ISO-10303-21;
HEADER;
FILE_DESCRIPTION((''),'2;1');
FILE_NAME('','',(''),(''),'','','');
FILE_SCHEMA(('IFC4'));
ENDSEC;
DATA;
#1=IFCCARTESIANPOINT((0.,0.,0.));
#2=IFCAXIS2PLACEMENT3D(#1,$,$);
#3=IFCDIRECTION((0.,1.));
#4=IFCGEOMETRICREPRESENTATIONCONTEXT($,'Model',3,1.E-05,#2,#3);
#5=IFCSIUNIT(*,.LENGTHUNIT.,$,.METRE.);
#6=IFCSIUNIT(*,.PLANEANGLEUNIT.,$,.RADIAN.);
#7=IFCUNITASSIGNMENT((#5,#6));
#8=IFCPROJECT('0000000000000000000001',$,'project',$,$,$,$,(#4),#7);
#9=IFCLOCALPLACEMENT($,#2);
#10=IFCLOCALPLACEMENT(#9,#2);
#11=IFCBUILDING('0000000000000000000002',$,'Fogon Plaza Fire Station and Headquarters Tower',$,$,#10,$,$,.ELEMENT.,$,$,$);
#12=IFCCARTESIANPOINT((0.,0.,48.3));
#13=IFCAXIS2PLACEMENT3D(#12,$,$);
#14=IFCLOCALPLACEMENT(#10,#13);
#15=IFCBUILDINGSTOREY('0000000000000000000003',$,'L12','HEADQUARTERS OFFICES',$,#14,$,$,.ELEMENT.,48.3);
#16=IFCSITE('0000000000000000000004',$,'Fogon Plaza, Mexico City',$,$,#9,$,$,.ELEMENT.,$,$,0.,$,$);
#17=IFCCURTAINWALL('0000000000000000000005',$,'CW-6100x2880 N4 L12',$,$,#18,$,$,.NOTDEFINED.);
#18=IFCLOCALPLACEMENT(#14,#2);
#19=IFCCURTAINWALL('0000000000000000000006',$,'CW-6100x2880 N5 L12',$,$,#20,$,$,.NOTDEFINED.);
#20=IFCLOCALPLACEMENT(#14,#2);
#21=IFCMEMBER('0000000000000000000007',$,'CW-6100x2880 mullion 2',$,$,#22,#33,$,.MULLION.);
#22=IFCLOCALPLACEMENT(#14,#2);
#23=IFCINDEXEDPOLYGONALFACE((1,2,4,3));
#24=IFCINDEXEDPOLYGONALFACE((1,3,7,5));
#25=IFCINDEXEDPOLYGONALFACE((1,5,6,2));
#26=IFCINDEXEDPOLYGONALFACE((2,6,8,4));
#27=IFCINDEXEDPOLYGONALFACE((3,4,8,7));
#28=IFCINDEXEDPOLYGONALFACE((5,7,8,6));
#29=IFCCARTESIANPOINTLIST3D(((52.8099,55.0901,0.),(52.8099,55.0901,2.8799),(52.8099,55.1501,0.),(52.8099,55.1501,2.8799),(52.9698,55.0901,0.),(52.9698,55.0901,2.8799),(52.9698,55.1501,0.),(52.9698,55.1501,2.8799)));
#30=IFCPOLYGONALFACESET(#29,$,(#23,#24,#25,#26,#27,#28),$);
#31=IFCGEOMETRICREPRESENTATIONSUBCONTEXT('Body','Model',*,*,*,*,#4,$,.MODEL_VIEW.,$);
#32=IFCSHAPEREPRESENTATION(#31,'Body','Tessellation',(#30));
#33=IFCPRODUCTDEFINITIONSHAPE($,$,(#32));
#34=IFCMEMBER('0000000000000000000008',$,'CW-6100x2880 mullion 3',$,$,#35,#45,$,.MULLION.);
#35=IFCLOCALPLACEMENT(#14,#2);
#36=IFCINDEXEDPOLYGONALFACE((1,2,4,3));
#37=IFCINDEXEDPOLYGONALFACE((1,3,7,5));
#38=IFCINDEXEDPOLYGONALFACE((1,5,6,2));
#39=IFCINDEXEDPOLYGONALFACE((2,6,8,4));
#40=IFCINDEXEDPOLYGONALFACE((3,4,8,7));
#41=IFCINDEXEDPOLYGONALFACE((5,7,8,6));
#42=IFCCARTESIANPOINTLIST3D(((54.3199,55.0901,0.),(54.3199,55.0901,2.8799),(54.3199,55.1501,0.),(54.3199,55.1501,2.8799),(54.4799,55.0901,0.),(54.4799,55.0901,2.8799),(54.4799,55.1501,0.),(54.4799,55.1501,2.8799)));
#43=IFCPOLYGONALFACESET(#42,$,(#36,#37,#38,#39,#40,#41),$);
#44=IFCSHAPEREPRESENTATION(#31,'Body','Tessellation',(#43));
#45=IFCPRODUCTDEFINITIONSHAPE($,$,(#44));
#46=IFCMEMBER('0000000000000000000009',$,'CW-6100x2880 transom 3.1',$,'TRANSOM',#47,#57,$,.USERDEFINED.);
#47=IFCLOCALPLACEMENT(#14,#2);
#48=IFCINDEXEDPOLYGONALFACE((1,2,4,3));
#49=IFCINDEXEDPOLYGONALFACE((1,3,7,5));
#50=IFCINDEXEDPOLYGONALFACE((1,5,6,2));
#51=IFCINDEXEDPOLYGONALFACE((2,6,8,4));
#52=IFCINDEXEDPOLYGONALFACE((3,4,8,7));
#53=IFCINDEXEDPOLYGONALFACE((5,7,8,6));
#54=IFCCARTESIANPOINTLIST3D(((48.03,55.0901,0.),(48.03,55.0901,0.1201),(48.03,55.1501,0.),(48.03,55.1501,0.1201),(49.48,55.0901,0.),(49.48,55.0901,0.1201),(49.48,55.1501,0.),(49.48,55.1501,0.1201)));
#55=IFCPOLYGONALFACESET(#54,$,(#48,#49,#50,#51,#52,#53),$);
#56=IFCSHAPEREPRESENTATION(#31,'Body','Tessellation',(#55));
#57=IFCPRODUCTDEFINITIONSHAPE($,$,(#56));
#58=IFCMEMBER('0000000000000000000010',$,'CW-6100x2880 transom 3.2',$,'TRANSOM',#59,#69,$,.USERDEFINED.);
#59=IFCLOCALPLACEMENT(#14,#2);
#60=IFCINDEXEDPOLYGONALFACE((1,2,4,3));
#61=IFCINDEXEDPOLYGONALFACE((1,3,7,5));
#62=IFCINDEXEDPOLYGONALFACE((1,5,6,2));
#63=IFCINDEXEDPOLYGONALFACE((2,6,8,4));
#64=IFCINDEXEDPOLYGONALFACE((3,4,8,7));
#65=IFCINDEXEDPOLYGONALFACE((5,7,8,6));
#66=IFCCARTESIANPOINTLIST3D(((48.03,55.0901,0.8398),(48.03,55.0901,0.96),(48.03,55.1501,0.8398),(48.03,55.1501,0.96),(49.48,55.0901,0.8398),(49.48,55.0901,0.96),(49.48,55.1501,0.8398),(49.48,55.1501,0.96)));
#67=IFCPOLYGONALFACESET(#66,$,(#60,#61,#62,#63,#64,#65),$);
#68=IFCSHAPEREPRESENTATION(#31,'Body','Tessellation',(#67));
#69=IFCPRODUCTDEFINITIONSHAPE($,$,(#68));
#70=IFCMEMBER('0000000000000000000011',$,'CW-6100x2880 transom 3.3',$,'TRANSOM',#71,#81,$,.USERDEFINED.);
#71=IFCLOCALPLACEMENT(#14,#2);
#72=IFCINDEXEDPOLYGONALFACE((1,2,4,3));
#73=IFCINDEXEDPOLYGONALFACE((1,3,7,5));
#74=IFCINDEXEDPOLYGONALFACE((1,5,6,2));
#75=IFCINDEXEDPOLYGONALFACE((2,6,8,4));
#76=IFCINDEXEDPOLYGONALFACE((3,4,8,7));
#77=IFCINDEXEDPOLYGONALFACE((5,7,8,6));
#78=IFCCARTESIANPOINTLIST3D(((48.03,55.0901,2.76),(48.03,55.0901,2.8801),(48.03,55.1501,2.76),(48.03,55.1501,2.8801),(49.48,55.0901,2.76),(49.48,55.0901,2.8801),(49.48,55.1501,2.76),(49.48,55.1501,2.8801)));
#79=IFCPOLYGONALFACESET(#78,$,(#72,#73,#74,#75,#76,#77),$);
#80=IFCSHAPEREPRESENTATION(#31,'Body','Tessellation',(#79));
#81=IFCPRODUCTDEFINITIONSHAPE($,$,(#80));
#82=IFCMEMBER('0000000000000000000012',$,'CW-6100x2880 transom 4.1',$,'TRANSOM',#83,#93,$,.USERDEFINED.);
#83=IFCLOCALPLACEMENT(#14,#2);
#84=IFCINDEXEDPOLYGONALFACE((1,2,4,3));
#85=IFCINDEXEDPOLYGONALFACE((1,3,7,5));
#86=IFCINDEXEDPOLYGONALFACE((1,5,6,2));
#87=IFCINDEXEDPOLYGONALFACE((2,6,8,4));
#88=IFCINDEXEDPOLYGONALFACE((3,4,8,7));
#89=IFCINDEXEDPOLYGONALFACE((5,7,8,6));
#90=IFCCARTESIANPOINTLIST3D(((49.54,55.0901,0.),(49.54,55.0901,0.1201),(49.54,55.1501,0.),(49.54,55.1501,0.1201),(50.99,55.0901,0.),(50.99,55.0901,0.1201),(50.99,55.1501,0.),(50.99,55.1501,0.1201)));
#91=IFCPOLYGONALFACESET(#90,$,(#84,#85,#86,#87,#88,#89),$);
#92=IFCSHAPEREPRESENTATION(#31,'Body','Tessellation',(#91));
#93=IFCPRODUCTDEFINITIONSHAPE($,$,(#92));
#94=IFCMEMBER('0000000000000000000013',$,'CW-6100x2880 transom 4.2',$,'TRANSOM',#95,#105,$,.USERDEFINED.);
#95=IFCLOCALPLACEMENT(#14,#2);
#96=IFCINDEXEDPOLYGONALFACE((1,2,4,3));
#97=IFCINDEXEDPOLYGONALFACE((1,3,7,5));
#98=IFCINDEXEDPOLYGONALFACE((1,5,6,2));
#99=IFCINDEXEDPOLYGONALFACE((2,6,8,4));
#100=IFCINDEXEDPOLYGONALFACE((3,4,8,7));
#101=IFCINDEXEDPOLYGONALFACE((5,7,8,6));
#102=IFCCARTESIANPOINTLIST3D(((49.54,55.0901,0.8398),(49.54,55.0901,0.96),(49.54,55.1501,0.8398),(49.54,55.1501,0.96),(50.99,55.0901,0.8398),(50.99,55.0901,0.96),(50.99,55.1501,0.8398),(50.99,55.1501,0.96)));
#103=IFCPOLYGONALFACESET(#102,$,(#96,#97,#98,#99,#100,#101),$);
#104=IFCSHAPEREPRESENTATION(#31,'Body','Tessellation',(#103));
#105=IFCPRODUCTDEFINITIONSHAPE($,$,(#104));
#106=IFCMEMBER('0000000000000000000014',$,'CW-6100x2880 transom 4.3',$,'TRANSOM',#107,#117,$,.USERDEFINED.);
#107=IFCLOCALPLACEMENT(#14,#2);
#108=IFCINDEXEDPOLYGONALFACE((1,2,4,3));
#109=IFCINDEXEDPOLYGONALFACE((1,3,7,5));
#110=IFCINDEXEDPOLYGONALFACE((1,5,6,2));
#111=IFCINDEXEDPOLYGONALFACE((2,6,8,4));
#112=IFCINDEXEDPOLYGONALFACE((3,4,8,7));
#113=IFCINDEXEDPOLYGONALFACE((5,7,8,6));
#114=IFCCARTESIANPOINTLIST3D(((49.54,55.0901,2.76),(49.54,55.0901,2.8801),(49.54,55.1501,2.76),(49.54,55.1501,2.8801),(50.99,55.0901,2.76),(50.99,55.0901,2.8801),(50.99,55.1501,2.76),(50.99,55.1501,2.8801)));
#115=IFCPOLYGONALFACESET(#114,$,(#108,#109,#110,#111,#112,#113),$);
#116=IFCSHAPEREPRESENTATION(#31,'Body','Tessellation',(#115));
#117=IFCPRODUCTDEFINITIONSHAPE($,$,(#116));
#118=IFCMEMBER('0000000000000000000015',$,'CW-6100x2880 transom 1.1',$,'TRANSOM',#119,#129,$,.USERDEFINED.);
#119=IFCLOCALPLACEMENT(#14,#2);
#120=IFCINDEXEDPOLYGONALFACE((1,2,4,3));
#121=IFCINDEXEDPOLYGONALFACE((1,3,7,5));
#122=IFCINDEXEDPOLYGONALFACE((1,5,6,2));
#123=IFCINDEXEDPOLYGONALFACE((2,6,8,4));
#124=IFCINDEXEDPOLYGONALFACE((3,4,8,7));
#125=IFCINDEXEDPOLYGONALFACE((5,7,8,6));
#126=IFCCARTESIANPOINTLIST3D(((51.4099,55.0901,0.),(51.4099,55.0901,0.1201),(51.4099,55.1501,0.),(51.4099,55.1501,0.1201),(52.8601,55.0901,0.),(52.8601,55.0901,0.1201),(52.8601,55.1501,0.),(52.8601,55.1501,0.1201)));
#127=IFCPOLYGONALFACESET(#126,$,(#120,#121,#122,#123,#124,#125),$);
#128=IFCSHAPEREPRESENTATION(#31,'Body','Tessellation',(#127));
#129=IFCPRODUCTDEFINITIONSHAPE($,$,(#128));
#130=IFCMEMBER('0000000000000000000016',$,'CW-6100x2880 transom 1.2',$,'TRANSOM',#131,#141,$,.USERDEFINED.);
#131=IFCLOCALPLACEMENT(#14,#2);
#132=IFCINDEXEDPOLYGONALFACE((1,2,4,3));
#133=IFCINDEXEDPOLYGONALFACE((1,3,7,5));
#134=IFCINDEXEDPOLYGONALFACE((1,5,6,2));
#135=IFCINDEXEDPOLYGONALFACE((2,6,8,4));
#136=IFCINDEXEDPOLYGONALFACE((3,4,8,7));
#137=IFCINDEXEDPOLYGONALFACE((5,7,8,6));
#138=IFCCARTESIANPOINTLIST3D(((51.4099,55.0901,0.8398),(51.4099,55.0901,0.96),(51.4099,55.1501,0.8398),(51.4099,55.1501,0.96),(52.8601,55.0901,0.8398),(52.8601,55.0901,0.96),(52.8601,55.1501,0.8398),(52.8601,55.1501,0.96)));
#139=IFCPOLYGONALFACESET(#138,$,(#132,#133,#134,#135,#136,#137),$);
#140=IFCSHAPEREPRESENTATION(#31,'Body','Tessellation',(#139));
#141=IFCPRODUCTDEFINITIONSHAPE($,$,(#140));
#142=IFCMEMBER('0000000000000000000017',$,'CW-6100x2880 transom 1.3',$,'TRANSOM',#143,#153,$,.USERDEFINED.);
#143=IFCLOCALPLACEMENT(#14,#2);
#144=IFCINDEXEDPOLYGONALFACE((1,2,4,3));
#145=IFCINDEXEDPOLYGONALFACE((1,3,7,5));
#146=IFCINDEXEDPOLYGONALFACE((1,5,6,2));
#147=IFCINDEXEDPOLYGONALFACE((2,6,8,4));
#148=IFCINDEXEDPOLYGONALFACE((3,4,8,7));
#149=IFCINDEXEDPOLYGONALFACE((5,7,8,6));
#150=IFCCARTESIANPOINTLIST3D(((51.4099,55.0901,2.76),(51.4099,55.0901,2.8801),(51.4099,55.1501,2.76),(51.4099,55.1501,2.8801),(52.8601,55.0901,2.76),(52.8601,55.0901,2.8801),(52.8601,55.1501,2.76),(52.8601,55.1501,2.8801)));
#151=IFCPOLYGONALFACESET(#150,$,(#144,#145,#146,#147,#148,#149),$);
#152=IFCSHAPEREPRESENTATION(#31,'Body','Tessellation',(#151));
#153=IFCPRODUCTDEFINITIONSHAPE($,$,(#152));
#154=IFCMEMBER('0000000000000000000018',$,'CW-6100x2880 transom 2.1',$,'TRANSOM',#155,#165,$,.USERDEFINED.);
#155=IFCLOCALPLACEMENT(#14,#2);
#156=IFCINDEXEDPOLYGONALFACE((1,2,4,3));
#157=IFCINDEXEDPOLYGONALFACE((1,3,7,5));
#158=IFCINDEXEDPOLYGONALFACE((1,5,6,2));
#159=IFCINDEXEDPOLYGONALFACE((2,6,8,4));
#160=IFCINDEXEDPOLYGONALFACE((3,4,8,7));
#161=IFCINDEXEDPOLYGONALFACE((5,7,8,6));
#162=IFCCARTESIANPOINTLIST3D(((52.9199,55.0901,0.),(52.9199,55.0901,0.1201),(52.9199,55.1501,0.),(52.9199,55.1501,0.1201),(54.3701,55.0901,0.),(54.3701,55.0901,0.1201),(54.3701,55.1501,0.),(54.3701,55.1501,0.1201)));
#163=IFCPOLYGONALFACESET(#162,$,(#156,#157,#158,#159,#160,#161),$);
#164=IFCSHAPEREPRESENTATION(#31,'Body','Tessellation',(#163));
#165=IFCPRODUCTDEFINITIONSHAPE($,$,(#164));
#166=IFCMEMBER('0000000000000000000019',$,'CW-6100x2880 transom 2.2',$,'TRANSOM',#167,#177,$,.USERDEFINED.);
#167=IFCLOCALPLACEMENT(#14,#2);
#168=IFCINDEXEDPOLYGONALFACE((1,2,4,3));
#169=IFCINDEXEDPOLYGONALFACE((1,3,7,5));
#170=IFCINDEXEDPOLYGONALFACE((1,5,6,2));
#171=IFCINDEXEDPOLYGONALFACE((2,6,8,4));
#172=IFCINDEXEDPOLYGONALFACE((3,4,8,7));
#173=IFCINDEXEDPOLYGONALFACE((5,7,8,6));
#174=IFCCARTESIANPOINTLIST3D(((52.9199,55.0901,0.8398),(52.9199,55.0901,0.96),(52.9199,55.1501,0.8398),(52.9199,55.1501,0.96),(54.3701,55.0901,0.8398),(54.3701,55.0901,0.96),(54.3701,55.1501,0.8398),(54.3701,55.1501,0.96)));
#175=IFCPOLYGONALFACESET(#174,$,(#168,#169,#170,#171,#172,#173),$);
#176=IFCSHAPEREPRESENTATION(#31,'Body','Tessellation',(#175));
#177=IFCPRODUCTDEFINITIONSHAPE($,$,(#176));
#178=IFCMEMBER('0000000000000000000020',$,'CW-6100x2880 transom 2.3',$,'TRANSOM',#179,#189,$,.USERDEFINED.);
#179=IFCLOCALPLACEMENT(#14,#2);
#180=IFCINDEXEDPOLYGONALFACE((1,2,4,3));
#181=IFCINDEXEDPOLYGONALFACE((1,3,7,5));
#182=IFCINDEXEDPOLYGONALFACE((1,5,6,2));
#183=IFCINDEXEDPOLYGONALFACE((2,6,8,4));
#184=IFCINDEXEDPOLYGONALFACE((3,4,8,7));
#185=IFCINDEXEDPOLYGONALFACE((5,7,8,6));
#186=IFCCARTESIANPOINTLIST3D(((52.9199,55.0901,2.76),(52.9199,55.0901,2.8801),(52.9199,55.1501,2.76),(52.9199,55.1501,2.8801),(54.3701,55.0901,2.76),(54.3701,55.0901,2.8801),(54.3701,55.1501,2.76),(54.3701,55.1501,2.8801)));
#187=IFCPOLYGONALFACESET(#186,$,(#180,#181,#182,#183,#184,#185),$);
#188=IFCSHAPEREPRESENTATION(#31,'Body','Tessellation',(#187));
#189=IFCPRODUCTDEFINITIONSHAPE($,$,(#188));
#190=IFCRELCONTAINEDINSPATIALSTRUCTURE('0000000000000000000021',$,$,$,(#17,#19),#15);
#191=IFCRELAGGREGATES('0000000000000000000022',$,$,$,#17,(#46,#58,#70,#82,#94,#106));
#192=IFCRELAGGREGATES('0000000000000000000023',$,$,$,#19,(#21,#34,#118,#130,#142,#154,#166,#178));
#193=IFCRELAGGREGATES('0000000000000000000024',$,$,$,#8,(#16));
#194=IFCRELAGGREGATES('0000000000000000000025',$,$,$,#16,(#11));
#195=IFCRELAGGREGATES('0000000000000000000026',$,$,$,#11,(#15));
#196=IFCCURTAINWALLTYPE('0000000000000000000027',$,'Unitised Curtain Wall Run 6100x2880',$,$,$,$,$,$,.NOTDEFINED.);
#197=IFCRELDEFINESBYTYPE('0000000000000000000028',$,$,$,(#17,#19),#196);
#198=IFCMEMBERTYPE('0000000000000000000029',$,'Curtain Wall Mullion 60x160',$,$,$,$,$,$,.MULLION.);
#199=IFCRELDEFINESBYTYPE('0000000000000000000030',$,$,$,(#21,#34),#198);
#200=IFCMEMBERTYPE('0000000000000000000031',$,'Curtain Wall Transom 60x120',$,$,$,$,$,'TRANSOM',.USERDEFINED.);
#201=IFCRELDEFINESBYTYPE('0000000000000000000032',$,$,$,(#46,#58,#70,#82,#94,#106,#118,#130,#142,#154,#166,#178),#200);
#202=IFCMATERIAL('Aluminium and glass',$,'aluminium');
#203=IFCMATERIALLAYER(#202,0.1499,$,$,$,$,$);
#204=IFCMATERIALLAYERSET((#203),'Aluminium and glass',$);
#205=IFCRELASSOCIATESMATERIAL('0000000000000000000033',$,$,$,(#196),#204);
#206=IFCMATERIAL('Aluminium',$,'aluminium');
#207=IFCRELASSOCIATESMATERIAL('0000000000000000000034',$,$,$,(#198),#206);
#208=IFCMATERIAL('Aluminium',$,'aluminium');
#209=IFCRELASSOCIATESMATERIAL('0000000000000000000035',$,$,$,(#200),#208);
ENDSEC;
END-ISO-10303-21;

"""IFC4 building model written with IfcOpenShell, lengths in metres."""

from ifc_helpers import new_model, si_unit, direction, frame, origin, origin_2d, place, context, subcontext, project, spatial, rectangle, extrude, material, layer, layer_set, material_profile, profile_set, type_object, element, aggregate, save


model = new_model("IFC4")

# Units and contexts
model_context = context("Model", 3, precision=1e-05, world=origin(), true_north=direction((0.0, 1.0)))
body_context = subcontext(model_context, "Body", "Model", "MODEL_VIEW")
ifc_project = project(units=[si_unit("LENGTHUNIT", "METRE"), si_unit("PLANEANGLEUNIT", "RADIAN")], contexts=[model_context])

# Site, building, storey
site_placement = place(None, origin())
site = spatial("IfcSite", under=ifc_project, at=site_placement, Name="Fogon Plaza, Mexico City", CompositionType="ELEMENT", RefElevation=0.0)
building_placement = place(site_placement, origin())
building = spatial("IfcBuilding", under=site, at=building_placement, Name="Fogon Plaza Fire Station and Headquarters Tower", CompositionType="ELEMENT")
storey_placement = place(building_placement, frame((0.0, 0.0, 48.3)))
storey = spatial("IfcBuildingStorey", under=building, at=storey_placement, Name="L12", Description="HEADQUARTERS OFFICES", CompositionType="ELEMENT", Elevation=48.3)

# Curtain walls, members
ifc_material_1 = material(Name="Aluminium and glass", Category="aluminium")
ifc_layer_1 = layer(ifc_material_1, 0.1499)
ifc_layer_set_1 = layer_set([ifc_layer_1], Name="Aluminium and glass")
curtain_wall_type = type_object("IfcCurtainWallType", Name="Unitised Curtain Wall Run 6100x2880", PredefinedType="NOTDEFINED", material=ifc_layer_set_1)
curtain_wall_1_placement = place(storey_placement, origin())
curtain_wall_1 = element("IfcCurtainWall", 1, at=curtain_wall_1_placement, inside=storey, type_object=curtain_wall_type, Name="CW-6100x2880 N4 L12", PredefinedType="NOTDEFINED")
ifc_material_2 = material(Name="Aluminium", Category="aluminium")
ifc_material_profile_1 = material_profile(ifc_material_2, rectangle(XDim=0.0601, YDim=0.1599, at=origin_2d()), Name="Curtain Wall Mullion 60x160")
ifc_profile_set_1 = profile_set([ifc_material_profile_1], Name="Aluminium")
member_type_1 = type_object("IfcMemberType", Name="Curtain Wall Mullion 60x160", PredefinedType="MULLION", material=ifc_profile_set_1)
curtain_wall_2_placement = place(storey_placement, origin())
curtain_wall_2 = element("IfcCurtainWall", 2, at=curtain_wall_2_placement, inside=storey, type_object=curtain_wall_type, Name="CW-6100x2880 N5 L12", PredefinedType="NOTDEFINED")
member_1_placement = place(storey_placement, frame((52.8899, 55.1201, 0.0), z_axis=(0.0, 0.0, 1.0), x_axis=(0.0, 1.0, 0.0)))
member_1 = element("IfcMember", 3, at=member_1_placement, type_object=member_type_1, Name="CW-6100x2880 mullion 2", PredefinedType="MULLION", context=body_context, shape_type="SweptSolid", body=[
    extrude(rectangle(XDim=0.0601, YDim=0.1599, at=origin_2d()), origin(), (0.0, 0.0, 1.0), 2.8799),
])
member_2_placement = place(storey_placement, frame((54.3999, 55.1201, 0.0), z_axis=(0.0, 0.0, 1.0), x_axis=(0.0, 1.0, 0.0)))
member_2 = element("IfcMember", 4, at=member_2_placement, type_object=member_type_1, Name="CW-6100x2880 mullion 3", PredefinedType="MULLION", context=body_context, shape_type="SweptSolid", body=[
    extrude(rectangle(XDim=0.0601, YDim=0.1599, at=origin_2d()), origin(), (0.0, 0.0, 1.0), 2.8799),
])

# Members
ifc_material_3 = material(Name="Aluminium", Category="aluminium")
ifc_material_profile_2 = material_profile(ifc_material_3, rectangle(XDim=0.0601, YDim=0.1201, at=origin_2d()), Name="Curtain Wall Transom 60x120")
ifc_profile_set_2 = profile_set([ifc_material_profile_2], Name="Aluminium")
member_type_2 = type_object("IfcMemberType", Name="Curtain Wall Transom 60x120", ElementType="TRANSOM", PredefinedType="USERDEFINED", material=ifc_profile_set_2)
member_3_placement = place(storey_placement, frame((48.03, 55.1201, 0.0601), z_axis=(1.0, 0.0, 0.0), x_axis=(0.0, 1.0, 0.0)))
member_3 = element("IfcMember", 5, at=member_3_placement, type_object=member_type_2, Name="CW-6100x2880 transom 3.1", ObjectType="TRANSOM", PredefinedType="USERDEFINED", context=body_context, shape_type="SweptSolid", body=[
    extrude(rectangle(XDim=0.0601, YDim=0.1201, at=origin_2d()), origin(), (0.0, 0.0, 1.0), 1.45),
])
member_4_placement = place(storey_placement, frame((48.03, 55.1201, 0.8999), z_axis=(1.0, 0.0, 0.0), x_axis=(0.0, 1.0, 0.0)))
member_4 = element("IfcMember", 6, at=member_4_placement, type_object=member_type_2, Name="CW-6100x2880 transom 3.2", ObjectType="TRANSOM", PredefinedType="USERDEFINED", context=body_context, shape_type="SweptSolid", body=[
    extrude(rectangle(XDim=0.0601, YDim=0.1201, at=origin_2d()), origin(), (0.0, 0.0, 1.0), 1.45),
])
member_5_placement = place(storey_placement, frame((48.03, 55.1201, 2.8201), z_axis=(1.0, 0.0, 0.0), x_axis=(0.0, 1.0, 0.0)))
member_5 = element("IfcMember", 7, at=member_5_placement, type_object=member_type_2, Name="CW-6100x2880 transom 3.3", ObjectType="TRANSOM", PredefinedType="USERDEFINED", context=body_context, shape_type="SweptSolid", body=[
    extrude(rectangle(XDim=0.0601, YDim=0.1201, at=origin_2d()), origin(), (0.0, 0.0, 1.0), 1.45),
])
member_6_placement = place(storey_placement, frame((49.54, 55.1201, 0.0601), z_axis=(1.0, 0.0, 0.0), x_axis=(0.0, 1.0, 0.0)))
member_6 = element("IfcMember", 8, at=member_6_placement, type_object=member_type_2, Name="CW-6100x2880 transom 4.1", ObjectType="TRANSOM", PredefinedType="USERDEFINED", context=body_context, shape_type="SweptSolid", body=[
    extrude(rectangle(XDim=0.0601, YDim=0.1201, at=origin_2d()), origin(), (0.0, 0.0, 1.0), 1.45),
])
member_7_placement = place(storey_placement, frame((49.54, 55.1201, 0.8999), z_axis=(1.0, 0.0, 0.0), x_axis=(0.0, 1.0, 0.0)))
member_7 = element("IfcMember", 9, at=member_7_placement, type_object=member_type_2, Name="CW-6100x2880 transom 4.2", ObjectType="TRANSOM", PredefinedType="USERDEFINED", context=body_context, shape_type="SweptSolid", body=[
    extrude(rectangle(XDim=0.0601, YDim=0.1201, at=origin_2d()), origin(), (0.0, 0.0, 1.0), 1.45),
])
member_8_placement = place(storey_placement, frame((49.54, 55.1201, 2.8201), z_axis=(1.0, 0.0, 0.0), x_axis=(0.0, 1.0, 0.0)))
member_8 = element("IfcMember", 10, at=member_8_placement, type_object=member_type_2, Name="CW-6100x2880 transom 4.3", ObjectType="TRANSOM", PredefinedType="USERDEFINED", context=body_context, shape_type="SweptSolid", body=[
    extrude(rectangle(XDim=0.0601, YDim=0.1201, at=origin_2d()), origin(), (0.0, 0.0, 1.0), 1.45),
])
member_9_placement = place(storey_placement, frame((51.4099, 55.1201, 0.0601), z_axis=(1.0, 0.0, 0.0), x_axis=(0.0, 1.0, 0.0)))
member_9 = element("IfcMember", 11, at=member_9_placement, type_object=member_type_2, Name="CW-6100x2880 transom 1.1", ObjectType="TRANSOM", PredefinedType="USERDEFINED", context=body_context, shape_type="SweptSolid", body=[
    extrude(rectangle(XDim=0.0601, YDim=0.1201, at=origin_2d()), origin(), (0.0, 0.0, 1.0), 1.4502),
])
member_10_placement = place(storey_placement, frame((51.4099, 55.1201, 0.8999), z_axis=(1.0, 0.0, 0.0), x_axis=(0.0, 1.0, 0.0)))
member_10 = element("IfcMember", 12, at=member_10_placement, type_object=member_type_2, Name="CW-6100x2880 transom 1.2", ObjectType="TRANSOM", PredefinedType="USERDEFINED", context=body_context, shape_type="SweptSolid", body=[
    extrude(rectangle(XDim=0.0601, YDim=0.1201, at=origin_2d()), origin(), (0.0, 0.0, 1.0), 1.4502),
])
member_11_placement = place(storey_placement, frame((51.4099, 55.1201, 2.8201), z_axis=(1.0, 0.0, 0.0), x_axis=(0.0, 1.0, 0.0)))
member_11 = element("IfcMember", 13, at=member_11_placement, type_object=member_type_2, Name="CW-6100x2880 transom 1.3", ObjectType="TRANSOM", PredefinedType="USERDEFINED", context=body_context, shape_type="SweptSolid", body=[
    extrude(rectangle(XDim=0.0601, YDim=0.1201, at=origin_2d()), origin(), (0.0, 0.0, 1.0), 1.4502),
])
member_12_placement = place(storey_placement, frame((52.9199, 55.1201, 0.0601), z_axis=(1.0, 0.0, 0.0), x_axis=(0.0, 1.0, 0.0)))
member_12 = element("IfcMember", 14, at=member_12_placement, type_object=member_type_2, Name="CW-6100x2880 transom 2.1", ObjectType="TRANSOM", PredefinedType="USERDEFINED", context=body_context, shape_type="SweptSolid", body=[
    extrude(rectangle(XDim=0.0601, YDim=0.1201, at=origin_2d()), origin(), (0.0, 0.0, 1.0), 1.4502),
])
member_13_placement = place(storey_placement, frame((52.9199, 55.1201, 0.8999), z_axis=(1.0, 0.0, 0.0), x_axis=(0.0, 1.0, 0.0)))
member_13 = element("IfcMember", 15, at=member_13_placement, type_object=member_type_2, Name="CW-6100x2880 transom 2.2", ObjectType="TRANSOM", PredefinedType="USERDEFINED", context=body_context, shape_type="SweptSolid", body=[
    extrude(rectangle(XDim=0.0601, YDim=0.1201, at=origin_2d()), origin(), (0.0, 0.0, 1.0), 1.4502),
])
member_14_placement = place(storey_placement, frame((52.9199, 55.1201, 2.8201), z_axis=(1.0, 0.0, 0.0), x_axis=(0.0, 1.0, 0.0)))
member_14 = element("IfcMember", 16, at=member_14_placement, type_object=member_type_2, Name="CW-6100x2880 transom 2.3", ObjectType="TRANSOM", PredefinedType="USERDEFINED", context=body_context, shape_type="SweptSolid", body=[
    extrude(rectangle(XDim=0.0601, YDim=0.1201, at=origin_2d()), origin(), (0.0, 0.0, 1.0), 1.4502),
])

aggregate(curtain_wall_1, [member_3, member_4, member_5, member_6, member_7, member_8])
aggregate(curtain_wall_2, [member_1, member_2, member_9, member_10, member_11, member_12, member_13, member_14])

save(model, "model.ifc")
